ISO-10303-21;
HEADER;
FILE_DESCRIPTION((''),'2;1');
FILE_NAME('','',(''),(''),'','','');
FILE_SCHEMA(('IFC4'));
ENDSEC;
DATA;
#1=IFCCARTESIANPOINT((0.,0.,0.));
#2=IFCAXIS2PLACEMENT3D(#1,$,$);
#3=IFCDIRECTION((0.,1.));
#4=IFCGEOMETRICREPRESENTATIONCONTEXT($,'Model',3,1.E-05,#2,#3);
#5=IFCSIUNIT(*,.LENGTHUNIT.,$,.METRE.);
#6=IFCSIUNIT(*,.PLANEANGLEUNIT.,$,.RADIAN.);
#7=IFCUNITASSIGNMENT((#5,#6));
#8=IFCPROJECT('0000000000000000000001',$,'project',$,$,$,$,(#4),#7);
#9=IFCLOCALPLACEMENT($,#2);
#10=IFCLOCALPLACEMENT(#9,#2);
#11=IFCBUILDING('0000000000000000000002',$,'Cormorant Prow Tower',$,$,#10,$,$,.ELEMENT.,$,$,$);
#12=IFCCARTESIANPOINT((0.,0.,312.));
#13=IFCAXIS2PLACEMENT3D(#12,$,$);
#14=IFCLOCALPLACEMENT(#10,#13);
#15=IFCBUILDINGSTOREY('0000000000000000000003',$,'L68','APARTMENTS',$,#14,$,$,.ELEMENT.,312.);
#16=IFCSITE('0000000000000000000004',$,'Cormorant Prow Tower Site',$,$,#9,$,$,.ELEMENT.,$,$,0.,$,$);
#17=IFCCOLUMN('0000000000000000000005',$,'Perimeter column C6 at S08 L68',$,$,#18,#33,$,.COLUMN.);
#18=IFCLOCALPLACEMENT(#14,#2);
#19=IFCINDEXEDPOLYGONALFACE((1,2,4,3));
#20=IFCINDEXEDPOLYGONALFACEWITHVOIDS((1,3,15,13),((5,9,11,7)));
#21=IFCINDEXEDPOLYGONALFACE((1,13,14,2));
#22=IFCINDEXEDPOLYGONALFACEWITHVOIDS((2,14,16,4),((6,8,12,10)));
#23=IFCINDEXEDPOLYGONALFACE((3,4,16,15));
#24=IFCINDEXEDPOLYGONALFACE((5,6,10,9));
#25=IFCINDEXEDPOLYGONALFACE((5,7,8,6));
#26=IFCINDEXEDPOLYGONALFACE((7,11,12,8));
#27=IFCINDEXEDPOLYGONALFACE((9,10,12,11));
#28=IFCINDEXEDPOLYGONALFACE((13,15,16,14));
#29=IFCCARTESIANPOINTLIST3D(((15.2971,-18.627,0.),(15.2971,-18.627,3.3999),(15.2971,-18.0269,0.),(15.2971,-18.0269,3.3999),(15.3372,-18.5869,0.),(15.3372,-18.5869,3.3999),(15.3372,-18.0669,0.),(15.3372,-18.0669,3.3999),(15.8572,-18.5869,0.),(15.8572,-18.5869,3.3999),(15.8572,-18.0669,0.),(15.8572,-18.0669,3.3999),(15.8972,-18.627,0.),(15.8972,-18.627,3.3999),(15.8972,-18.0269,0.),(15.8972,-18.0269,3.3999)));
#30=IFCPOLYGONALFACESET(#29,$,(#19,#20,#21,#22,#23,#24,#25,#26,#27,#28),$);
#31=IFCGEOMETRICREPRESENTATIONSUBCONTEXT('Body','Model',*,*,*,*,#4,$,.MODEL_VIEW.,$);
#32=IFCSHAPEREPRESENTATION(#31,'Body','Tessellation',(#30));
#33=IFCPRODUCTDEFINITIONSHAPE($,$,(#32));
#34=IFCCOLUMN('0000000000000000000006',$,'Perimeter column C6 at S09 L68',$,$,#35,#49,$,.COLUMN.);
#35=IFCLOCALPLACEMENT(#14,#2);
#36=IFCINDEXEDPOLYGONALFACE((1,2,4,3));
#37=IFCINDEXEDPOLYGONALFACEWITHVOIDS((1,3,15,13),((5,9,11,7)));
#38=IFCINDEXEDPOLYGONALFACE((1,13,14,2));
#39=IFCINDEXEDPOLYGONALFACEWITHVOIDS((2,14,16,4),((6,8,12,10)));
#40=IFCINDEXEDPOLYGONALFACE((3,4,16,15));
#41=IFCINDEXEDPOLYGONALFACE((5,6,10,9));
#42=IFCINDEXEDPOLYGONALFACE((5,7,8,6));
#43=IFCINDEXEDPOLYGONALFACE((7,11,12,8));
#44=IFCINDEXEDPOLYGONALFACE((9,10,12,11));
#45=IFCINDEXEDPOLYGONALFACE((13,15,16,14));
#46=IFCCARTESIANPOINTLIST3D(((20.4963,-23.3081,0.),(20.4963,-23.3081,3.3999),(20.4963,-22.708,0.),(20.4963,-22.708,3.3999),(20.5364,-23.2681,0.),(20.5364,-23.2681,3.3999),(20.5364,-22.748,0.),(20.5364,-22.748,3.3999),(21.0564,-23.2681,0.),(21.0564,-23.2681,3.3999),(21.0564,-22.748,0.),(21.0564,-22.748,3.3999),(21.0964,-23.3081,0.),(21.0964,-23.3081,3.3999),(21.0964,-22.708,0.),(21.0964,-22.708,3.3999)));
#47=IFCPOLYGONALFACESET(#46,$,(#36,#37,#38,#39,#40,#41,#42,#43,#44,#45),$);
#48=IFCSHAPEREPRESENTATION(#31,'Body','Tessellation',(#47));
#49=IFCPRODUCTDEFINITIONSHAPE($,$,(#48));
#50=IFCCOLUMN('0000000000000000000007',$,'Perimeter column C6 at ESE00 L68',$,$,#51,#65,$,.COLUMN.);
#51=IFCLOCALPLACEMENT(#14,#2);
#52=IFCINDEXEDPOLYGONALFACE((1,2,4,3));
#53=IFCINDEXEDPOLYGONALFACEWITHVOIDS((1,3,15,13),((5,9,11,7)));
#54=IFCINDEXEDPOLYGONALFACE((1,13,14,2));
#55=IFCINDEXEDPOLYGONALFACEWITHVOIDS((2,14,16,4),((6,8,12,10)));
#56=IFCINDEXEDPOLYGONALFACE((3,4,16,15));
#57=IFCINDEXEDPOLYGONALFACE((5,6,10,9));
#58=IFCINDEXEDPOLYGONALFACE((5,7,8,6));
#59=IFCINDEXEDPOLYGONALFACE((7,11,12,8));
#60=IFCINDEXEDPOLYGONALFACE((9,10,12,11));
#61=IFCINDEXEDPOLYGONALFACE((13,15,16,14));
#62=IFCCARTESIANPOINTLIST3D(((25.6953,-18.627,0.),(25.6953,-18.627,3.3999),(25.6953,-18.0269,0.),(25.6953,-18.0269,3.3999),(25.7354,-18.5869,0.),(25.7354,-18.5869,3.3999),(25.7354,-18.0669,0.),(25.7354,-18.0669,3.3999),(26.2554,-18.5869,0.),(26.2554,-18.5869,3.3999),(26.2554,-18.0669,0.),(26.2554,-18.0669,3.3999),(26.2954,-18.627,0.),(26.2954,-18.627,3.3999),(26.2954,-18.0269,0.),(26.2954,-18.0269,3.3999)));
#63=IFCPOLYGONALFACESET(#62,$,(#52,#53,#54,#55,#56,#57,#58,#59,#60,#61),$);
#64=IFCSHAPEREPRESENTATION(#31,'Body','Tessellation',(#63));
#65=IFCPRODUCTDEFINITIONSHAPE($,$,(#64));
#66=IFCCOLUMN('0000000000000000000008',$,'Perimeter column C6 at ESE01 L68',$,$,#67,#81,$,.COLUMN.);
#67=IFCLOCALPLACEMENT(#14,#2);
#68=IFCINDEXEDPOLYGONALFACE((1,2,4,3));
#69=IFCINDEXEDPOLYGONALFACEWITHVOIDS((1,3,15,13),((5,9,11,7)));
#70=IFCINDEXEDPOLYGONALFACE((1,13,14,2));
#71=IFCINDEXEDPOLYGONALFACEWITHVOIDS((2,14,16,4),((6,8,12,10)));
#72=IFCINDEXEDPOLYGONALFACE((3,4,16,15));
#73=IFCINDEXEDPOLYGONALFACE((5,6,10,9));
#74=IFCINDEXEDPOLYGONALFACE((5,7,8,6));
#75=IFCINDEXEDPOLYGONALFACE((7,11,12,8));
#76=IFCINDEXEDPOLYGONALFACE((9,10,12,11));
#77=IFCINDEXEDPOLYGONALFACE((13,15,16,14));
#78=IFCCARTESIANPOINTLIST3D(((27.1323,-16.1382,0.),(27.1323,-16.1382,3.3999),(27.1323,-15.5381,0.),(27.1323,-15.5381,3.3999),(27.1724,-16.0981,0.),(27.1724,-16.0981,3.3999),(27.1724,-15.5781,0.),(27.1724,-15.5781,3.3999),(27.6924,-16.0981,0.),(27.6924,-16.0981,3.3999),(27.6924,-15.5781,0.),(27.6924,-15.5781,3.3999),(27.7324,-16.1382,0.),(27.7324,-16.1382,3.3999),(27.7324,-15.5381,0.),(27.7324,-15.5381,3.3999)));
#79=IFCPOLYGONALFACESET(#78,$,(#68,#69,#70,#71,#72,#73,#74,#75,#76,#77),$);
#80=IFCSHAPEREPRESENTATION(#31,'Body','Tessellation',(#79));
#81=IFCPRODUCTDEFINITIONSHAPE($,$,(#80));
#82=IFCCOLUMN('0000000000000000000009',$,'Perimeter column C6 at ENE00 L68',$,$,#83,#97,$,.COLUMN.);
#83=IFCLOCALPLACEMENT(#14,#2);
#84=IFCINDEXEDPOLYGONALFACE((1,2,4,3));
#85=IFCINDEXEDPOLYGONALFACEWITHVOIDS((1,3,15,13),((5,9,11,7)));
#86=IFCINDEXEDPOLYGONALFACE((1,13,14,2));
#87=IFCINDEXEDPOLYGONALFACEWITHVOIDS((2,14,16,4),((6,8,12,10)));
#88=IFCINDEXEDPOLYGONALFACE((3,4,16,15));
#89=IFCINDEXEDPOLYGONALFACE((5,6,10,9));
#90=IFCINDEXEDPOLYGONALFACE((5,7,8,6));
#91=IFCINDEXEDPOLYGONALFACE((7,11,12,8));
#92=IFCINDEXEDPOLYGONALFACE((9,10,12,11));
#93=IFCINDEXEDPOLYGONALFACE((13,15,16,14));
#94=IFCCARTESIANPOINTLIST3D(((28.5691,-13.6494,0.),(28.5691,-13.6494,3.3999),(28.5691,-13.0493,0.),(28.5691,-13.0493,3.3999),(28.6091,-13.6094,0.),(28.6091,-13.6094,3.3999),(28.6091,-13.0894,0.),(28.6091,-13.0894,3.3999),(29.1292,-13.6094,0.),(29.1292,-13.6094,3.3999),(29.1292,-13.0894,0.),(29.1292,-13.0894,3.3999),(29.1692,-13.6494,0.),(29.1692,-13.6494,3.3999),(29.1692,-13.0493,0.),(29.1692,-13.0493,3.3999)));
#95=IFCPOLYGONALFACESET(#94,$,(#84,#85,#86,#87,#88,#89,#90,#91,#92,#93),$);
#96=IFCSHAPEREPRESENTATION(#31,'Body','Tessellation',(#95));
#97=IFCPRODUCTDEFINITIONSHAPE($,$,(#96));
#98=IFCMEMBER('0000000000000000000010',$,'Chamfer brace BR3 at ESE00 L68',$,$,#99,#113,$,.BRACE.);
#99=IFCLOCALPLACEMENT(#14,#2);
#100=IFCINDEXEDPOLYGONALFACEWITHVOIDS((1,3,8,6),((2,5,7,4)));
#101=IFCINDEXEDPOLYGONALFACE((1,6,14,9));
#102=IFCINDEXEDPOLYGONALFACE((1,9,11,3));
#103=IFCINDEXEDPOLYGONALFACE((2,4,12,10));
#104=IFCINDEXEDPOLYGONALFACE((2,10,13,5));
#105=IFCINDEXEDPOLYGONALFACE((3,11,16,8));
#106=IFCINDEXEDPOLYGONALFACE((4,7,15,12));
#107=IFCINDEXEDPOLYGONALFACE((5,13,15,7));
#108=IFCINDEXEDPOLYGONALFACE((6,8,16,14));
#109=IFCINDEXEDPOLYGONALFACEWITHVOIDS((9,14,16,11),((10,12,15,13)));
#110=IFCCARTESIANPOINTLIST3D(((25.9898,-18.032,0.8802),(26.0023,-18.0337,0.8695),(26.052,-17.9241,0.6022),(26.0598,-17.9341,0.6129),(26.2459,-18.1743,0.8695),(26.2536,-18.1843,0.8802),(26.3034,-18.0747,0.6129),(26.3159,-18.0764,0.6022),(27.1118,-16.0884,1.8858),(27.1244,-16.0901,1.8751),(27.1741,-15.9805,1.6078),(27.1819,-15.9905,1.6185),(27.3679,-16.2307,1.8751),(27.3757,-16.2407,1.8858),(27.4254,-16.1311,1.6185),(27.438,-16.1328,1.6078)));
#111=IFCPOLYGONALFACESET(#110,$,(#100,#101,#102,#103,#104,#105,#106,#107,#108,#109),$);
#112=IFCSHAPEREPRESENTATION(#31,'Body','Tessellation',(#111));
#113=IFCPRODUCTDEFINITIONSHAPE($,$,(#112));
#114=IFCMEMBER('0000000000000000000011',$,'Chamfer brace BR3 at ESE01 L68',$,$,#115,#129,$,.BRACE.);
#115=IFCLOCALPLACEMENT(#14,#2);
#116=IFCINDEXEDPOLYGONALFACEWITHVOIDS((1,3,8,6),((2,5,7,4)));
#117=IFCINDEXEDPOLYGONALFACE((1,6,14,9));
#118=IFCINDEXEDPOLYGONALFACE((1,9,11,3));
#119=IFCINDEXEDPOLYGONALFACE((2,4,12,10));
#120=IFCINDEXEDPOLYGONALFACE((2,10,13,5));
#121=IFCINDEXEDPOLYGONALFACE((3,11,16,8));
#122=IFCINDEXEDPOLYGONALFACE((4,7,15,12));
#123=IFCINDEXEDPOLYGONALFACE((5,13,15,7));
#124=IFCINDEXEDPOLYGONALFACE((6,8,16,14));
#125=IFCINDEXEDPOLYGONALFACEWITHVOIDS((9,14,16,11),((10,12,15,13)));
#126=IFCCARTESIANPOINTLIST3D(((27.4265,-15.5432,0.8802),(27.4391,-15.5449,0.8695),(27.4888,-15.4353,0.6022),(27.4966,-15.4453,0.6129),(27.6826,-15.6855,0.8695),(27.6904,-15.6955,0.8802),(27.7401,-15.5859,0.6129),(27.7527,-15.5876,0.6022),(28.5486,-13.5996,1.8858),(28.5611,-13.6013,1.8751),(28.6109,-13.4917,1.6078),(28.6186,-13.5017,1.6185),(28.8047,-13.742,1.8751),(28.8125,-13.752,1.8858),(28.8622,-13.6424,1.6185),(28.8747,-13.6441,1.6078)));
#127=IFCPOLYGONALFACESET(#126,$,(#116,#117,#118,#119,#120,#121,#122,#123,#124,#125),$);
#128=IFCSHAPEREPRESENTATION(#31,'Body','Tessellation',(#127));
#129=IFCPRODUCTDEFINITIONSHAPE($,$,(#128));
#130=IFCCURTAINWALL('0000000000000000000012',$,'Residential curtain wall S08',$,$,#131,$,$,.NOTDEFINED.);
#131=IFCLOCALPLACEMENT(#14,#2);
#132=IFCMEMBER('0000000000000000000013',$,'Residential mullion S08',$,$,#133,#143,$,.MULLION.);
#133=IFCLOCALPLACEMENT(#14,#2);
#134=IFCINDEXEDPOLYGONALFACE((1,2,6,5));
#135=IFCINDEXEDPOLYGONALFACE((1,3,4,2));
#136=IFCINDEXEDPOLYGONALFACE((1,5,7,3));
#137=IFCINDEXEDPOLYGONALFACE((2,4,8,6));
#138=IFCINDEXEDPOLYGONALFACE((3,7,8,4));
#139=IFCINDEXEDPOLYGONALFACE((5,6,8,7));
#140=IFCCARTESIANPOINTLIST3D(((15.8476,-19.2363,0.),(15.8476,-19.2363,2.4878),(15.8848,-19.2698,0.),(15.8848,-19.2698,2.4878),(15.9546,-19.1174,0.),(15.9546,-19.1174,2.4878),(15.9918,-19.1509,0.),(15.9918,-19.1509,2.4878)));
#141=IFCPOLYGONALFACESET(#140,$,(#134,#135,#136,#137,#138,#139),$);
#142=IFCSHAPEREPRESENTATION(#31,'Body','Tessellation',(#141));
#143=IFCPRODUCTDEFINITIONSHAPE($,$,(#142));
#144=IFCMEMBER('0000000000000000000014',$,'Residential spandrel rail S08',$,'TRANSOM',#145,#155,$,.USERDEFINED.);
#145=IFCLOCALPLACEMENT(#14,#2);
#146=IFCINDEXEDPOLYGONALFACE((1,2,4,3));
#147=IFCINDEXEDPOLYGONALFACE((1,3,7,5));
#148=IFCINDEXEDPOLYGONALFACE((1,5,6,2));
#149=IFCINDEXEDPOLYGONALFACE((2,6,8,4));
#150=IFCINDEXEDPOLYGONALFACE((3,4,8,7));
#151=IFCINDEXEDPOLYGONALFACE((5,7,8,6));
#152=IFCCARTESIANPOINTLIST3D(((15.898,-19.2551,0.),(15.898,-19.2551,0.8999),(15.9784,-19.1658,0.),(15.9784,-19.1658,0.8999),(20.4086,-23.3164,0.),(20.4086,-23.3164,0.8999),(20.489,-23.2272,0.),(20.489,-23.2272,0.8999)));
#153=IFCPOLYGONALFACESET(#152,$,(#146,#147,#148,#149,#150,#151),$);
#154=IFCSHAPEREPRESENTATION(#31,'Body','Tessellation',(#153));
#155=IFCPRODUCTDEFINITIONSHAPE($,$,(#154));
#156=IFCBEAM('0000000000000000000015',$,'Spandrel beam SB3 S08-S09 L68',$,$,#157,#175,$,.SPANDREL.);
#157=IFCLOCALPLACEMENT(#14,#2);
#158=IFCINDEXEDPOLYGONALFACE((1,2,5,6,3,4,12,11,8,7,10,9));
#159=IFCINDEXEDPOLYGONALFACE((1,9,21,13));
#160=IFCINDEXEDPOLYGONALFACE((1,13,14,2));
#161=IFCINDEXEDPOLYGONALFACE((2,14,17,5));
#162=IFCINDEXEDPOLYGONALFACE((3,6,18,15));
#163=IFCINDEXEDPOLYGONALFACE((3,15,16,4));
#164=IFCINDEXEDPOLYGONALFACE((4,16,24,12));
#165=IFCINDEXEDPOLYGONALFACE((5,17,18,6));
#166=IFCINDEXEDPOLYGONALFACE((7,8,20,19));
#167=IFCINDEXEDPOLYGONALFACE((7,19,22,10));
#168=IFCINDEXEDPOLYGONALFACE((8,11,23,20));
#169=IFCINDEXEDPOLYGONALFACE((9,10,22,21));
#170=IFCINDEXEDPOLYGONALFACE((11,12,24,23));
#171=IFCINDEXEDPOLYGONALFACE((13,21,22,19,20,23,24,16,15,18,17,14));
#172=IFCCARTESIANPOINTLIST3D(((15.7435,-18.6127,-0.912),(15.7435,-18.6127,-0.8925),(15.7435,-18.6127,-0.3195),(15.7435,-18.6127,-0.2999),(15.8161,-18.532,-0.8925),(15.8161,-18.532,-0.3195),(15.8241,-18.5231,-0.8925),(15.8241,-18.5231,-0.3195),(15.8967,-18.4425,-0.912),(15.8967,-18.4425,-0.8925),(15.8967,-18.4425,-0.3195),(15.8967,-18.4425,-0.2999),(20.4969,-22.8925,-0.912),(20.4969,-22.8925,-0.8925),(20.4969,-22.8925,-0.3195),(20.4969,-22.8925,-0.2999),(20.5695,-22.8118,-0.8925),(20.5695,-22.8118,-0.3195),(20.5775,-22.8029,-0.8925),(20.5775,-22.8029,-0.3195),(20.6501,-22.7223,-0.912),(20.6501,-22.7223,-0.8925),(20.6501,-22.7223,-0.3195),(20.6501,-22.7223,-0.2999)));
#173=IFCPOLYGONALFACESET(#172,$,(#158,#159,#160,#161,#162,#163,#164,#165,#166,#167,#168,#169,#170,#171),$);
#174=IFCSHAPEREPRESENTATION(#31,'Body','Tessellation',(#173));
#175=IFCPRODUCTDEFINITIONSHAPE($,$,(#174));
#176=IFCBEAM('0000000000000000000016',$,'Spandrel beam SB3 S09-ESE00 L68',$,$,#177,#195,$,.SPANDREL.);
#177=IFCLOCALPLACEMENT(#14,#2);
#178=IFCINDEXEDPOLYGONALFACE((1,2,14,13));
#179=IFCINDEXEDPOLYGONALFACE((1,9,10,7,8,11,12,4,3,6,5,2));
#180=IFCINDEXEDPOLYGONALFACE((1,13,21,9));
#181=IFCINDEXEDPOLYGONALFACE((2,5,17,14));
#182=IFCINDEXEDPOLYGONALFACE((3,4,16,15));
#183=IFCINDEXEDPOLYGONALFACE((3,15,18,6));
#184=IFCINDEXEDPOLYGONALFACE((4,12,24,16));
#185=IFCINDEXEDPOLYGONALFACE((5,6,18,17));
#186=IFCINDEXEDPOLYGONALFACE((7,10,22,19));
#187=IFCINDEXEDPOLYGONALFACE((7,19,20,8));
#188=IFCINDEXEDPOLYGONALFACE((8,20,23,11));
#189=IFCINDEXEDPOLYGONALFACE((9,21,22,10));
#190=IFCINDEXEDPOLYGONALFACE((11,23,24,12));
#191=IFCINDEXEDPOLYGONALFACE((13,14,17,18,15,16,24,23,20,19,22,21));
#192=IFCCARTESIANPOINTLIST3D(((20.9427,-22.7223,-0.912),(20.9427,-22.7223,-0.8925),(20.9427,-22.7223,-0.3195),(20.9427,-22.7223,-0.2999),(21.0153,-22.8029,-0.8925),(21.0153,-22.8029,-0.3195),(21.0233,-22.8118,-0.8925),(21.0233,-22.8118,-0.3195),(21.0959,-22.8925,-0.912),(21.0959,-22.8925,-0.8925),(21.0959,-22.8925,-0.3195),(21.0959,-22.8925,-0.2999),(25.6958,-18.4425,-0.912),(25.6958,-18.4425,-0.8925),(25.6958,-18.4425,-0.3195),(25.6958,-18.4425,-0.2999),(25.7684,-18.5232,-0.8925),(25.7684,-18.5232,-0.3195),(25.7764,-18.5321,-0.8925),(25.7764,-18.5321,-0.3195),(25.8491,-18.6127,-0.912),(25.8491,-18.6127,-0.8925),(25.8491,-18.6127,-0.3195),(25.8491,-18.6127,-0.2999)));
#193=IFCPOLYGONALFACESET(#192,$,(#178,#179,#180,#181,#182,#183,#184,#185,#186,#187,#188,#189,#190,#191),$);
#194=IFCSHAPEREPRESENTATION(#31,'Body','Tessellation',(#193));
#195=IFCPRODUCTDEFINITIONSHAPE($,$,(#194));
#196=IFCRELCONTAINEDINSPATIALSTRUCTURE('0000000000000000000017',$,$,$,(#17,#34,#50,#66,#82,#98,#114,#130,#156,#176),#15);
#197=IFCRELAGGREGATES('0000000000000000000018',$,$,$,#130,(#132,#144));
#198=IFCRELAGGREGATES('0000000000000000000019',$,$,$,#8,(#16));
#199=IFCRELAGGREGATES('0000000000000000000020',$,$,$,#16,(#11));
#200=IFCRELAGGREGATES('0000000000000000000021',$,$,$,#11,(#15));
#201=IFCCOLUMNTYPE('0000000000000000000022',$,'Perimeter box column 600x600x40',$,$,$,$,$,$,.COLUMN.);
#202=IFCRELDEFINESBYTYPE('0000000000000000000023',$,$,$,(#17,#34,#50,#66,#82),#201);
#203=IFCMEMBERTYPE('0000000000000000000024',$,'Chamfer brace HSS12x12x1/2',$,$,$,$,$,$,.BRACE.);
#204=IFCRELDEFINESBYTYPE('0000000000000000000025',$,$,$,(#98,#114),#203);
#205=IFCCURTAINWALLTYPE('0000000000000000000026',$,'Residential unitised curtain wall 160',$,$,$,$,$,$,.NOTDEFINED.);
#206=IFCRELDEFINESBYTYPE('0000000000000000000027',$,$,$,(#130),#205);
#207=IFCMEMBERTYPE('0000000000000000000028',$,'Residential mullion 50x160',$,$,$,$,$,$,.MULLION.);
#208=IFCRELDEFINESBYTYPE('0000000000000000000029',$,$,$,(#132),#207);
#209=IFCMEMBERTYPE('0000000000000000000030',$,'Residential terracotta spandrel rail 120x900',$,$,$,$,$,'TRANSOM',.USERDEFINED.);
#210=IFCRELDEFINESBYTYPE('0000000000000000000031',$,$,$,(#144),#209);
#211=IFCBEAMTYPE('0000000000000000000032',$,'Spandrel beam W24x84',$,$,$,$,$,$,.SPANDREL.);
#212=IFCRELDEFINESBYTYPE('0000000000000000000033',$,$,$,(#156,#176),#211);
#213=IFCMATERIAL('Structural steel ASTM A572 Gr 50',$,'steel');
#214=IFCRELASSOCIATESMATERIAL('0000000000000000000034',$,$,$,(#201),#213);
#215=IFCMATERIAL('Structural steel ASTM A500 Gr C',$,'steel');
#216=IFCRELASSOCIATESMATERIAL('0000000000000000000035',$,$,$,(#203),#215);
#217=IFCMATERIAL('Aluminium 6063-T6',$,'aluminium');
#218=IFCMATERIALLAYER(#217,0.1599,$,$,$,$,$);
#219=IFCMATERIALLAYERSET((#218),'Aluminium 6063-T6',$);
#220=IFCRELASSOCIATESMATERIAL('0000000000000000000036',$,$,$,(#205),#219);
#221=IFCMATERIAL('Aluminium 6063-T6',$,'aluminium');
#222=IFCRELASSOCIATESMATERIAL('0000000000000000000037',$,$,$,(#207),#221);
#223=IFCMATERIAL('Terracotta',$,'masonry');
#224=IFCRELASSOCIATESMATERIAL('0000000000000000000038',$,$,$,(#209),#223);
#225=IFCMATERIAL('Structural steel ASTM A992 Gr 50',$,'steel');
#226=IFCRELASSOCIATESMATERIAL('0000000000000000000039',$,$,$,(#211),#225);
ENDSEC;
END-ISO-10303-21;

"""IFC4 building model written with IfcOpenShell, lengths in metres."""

from ifc_helpers import new_model, si_unit, direction, frame, origin, origin_2d, place, context, subcontext, project, spatial, rectangle, hollow_rectangle, i_section, extrude, material, layer, layer_set, material_profile, profile_set, type_object, element, aggregate, save


model = new_model("IFC4")

# Units and contexts
model_context = context("Model", 3, precision=1e-05, world=origin(), true_north=direction((0.0, 1.0)))
body_context = subcontext(model_context, "Body", "Model", "MODEL_VIEW")
ifc_project = project(units=[si_unit("LENGTHUNIT", "METRE"), si_unit("PLANEANGLEUNIT", "RADIAN")], contexts=[model_context])

# Site, building, storey
site_placement = place(None, origin())
site = spatial("IfcSite", under=ifc_project, at=site_placement, Name="Cormorant Prow Tower Site", CompositionType="ELEMENT", RefElevation=0.0)
building_placement = place(site_placement, origin())
building = spatial("IfcBuilding", under=site, at=building_placement, Name="Cormorant Prow Tower", CompositionType="ELEMENT")
storey_placement = place(building_placement, frame((0.0, 0.0, 312.0)))
storey = spatial("IfcBuildingStorey", under=building, at=storey_placement, Name="L68", Description="APARTMENTS", CompositionType="ELEMENT", Elevation=312.0)

# Columns
ifc_material_1 = material(Name="Structural steel ASTM A572 Gr 50", Category="steel")
ifc_material_profile_1 = material_profile(ifc_material_1, hollow_rectangle(XDim=0.6001, YDim=0.6001, WallThickness=0.04, at=origin_2d()), Name="Box 600x600x40")
ifc_profile_set_1 = profile_set([ifc_material_profile_1], Name="Structural steel ASTM A572 Gr 50")
column_type = type_object("IfcColumnType", Name="Perimeter box column 600x600x40", PredefinedType="COLUMN", material=ifc_profile_set_1)
for number, where, z_axis, x_axis, name in (
    (1, (15.5972, -18.3269, 0.0), (0.0, 0.0, 1.0), (1.0, 0.0, 0.0), "Perimeter column C6 at S08 L68"),
    (2, (20.7964, -23.0081, 0.0), (0.0, 0.0, 1.0), (1.0, 0.0, 0.0), "Perimeter column C6 at S09 L68"),
    (3, (25.9954, -18.3269, 0.0), (0.0, 0.0, 1.0), (1.0, 0.0, 0.0), "Perimeter column C6 at ESE00 L68"),
    (4, (27.4324, -15.8381, 0.0), (0.0, 0.0, 1.0), (1.0, 0.0, 0.0), "Perimeter column C6 at ESE01 L68"),
    (5, (28.8691, -13.3494, 0.0), (0.0, 0.0, 1.0), (1.0, 0.0, 0.0), "Perimeter column C6 at ENE00 L68"),
):
    element("IfcColumn", number, at=place(storey_placement, frame(where, z_axis=z_axis, x_axis=x_axis)), inside=storey, type_object=column_type, Name=name, PredefinedType="COLUMN", context=body_context, shape_type="SweptSolid", body=[
        extrude(hollow_rectangle(XDim=0.6001, YDim=0.6001, WallThickness=0.04, at=origin_2d()), origin(), (0.0, 0.0, 1.0), 3.3999),
    ])

# Members
ifc_material_2 = material(Name="Structural steel ASTM A500 Gr C", Category="steel")
ifc_material_profile_2 = material_profile(ifc_material_2, hollow_rectangle(XDim=0.3047, YDim=0.3047, WallThickness=0.0117, at=origin_2d()), Name="HSS12x12x1/2")
ifc_profile_set_2 = profile_set([ifc_material_profile_2], Name="Structural steel ASTM A500 Gr C")
member_type_1 = type_object("IfcMemberType", Name="Chamfer brace HSS12x12x1/2", PredefinedType="BRACE", material=ifc_profile_set_2)
for number, where, z_axis, x_axis, name in (
    (6, (26.1528, -18.0542, 0.7412), (0.456266, 0.790324, 0.408912), (-0.866039, 0.499977, 0.0), "Chamfer brace BR3 at ESE00 L68"),
    (7, (27.5896, -15.5654, 0.7412), (0.456266, 0.790324, 0.408912), (-0.866039, 0.499977, 0.0), "Chamfer brace BR3 at ESE01 L68"),
):
    element("IfcMember", number, at=place(storey_placement, frame(where, z_axis=z_axis, x_axis=x_axis)), inside=storey, type_object=member_type_1, Name=name, PredefinedType="BRACE", context=body_context, shape_type="SweptSolid", body=[
        extrude(hollow_rectangle(XDim=0.3047, YDim=0.3047, WallThickness=0.0117, at=origin_2d()), origin(), (0.0, 0.0, 1.0), 2.4592),
    ])

# Curtain wall, members
ifc_material_3 = material(Name="Aluminium 6063-T6", Category="aluminium")
ifc_layer_1 = layer(ifc_material_3, 0.1599)
ifc_layer_set_1 = layer_set([ifc_layer_1], Name="Aluminium 6063-T6")
curtain_wall_type = type_object("IfcCurtainWallType", Name="Residential unitised curtain wall 160", PredefinedType="NOTDEFINED", material=ifc_layer_set_1)
curtain_wall_placement = place(storey_placement, origin())
curtain_wall = element("IfcCurtainWall", 8, at=curtain_wall_placement, inside=storey, type_object=curtain_wall_type, Name="Residential curtain wall S08", PredefinedType="NOTDEFINED")
ifc_material_4 = material(Name="Aluminium 6063-T6", Category="aluminium")
ifc_material_profile_3 = material_profile(ifc_material_4, rectangle(XDim=0.1599, YDim=0.05, at=origin_2d()), Name="Residential mullion 50x160")
ifc_profile_set_3 = profile_set([ifc_material_profile_3], Name="Aluminium 6063-T6")
member_type_2 = type_object("IfcMemberType", Name="Residential mullion 50x160", PredefinedType="MULLION", material=ifc_profile_set_3)
member_1_placement = place(storey_placement, frame((15.9197, -19.1936, 0.0), z_axis=(0.0, 0.0, 1.0), x_axis=(0.669131, 0.743145, 0.0)))
member_1 = element("IfcMember", 9, at=member_1_placement, type_object=member_type_2, Name="Residential mullion S08", PredefinedType="MULLION", context=body_context, shape_type="SweptSolid", body=[
    extrude(rectangle(XDim=0.1599, YDim=0.05, at=origin_2d()), origin(), (0.0, 0.0, 1.0), 2.4878),
])
ifc_material_5 = material(Name="Terracotta", Category="masonry")
ifc_material_profile_4 = material_profile(ifc_material_5, rectangle(XDim=0.1201, YDim=0.8999, at=origin_2d()), Name="Residential terracotta spandrel rail 120x900")
ifc_profile_set_4 = profile_set([ifc_material_profile_4], Name="Terracotta")
member_type_3 = type_object("IfcMemberType", Name="Residential terracotta spandrel rail 120x900", ElementType="TRANSOM", PredefinedType="USERDEFINED", material=ifc_profile_set_4)
member_2_placement = place(storey_placement, frame((15.9382, -19.2104, 0.45), z_axis=(0.743144, -0.669131, 0.0), x_axis=(0.669131, 0.743144, 0.0)))
member_2 = element("IfcMember", 10, at=member_2_placement, type_object=member_type_3, Name="Residential spandrel rail S08", ObjectType="TRANSOM", PredefinedType="USERDEFINED", context=body_context, shape_type="SweptSolid", body=[
    extrude(rectangle(XDim=0.1201, YDim=0.8999, at=origin_2d()), origin(), (0.0, 0.0, 1.0), 6.0696),
])

# Beams
ifc_material_6 = material(Name="Structural steel ASTM A992 Gr 50", Category="steel")
ifc_material_profile_5 = material_profile(ifc_material_6, i_section(OverallWidth=0.229, OverallDepth=0.6121, WebThickness=0.012, FlangeThickness=0.0195, at=origin_2d()), Name="W24x84")
ifc_profile_set_5 = profile_set([ifc_material_profile_5], Name="Structural steel ASTM A992 Gr 50")
beam_type = type_object("IfcBeamType", Name="Spandrel beam W24x84", PredefinedType="SPANDREL", material=ifc_profile_set_5)
beam_1_placement = place(storey_placement, frame((15.8201, -18.5276, -0.606), z_axis=(0.743161, -0.669112, 0.0), x_axis=(0.669112, 0.743161, 0.0)))
element("IfcBeam", 11, at=beam_1_placement, inside=storey, type_object=beam_type, Name="Spandrel beam SB3 S08-S09 L68", PredefinedType="SPANDREL", context=body_context, shape_type="SweptSolid", body=[
    extrude(i_section(OverallWidth=0.229, OverallDepth=0.6121, WebThickness=0.012, FlangeThickness=0.0195, at=origin_2d()), origin(), (0.0, 0.0, 1.0), 6.3962),
])
beam_2_placement = place(storey_placement, frame((21.0193, -22.8074, -0.606), z_axis=(0.743144, 0.669131, 0.0), x_axis=(-0.669131, 0.743144, 0.0)))
element("IfcBeam", 12, at=beam_2_placement, inside=storey, type_object=beam_type, Name="Spandrel beam SB3 S09-ESE00 L68", PredefinedType="SPANDREL", context=body_context, shape_type="SweptSolid", body=[
    extrude(i_section(OverallWidth=0.229, OverallDepth=0.6121, WebThickness=0.012, FlangeThickness=0.0195, at=origin_2d()), origin(), (0.0, 0.0, 1.0), 6.396),
])

aggregate(curtain_wall, [member_1, member_2])

save(model, "model.ifc")
